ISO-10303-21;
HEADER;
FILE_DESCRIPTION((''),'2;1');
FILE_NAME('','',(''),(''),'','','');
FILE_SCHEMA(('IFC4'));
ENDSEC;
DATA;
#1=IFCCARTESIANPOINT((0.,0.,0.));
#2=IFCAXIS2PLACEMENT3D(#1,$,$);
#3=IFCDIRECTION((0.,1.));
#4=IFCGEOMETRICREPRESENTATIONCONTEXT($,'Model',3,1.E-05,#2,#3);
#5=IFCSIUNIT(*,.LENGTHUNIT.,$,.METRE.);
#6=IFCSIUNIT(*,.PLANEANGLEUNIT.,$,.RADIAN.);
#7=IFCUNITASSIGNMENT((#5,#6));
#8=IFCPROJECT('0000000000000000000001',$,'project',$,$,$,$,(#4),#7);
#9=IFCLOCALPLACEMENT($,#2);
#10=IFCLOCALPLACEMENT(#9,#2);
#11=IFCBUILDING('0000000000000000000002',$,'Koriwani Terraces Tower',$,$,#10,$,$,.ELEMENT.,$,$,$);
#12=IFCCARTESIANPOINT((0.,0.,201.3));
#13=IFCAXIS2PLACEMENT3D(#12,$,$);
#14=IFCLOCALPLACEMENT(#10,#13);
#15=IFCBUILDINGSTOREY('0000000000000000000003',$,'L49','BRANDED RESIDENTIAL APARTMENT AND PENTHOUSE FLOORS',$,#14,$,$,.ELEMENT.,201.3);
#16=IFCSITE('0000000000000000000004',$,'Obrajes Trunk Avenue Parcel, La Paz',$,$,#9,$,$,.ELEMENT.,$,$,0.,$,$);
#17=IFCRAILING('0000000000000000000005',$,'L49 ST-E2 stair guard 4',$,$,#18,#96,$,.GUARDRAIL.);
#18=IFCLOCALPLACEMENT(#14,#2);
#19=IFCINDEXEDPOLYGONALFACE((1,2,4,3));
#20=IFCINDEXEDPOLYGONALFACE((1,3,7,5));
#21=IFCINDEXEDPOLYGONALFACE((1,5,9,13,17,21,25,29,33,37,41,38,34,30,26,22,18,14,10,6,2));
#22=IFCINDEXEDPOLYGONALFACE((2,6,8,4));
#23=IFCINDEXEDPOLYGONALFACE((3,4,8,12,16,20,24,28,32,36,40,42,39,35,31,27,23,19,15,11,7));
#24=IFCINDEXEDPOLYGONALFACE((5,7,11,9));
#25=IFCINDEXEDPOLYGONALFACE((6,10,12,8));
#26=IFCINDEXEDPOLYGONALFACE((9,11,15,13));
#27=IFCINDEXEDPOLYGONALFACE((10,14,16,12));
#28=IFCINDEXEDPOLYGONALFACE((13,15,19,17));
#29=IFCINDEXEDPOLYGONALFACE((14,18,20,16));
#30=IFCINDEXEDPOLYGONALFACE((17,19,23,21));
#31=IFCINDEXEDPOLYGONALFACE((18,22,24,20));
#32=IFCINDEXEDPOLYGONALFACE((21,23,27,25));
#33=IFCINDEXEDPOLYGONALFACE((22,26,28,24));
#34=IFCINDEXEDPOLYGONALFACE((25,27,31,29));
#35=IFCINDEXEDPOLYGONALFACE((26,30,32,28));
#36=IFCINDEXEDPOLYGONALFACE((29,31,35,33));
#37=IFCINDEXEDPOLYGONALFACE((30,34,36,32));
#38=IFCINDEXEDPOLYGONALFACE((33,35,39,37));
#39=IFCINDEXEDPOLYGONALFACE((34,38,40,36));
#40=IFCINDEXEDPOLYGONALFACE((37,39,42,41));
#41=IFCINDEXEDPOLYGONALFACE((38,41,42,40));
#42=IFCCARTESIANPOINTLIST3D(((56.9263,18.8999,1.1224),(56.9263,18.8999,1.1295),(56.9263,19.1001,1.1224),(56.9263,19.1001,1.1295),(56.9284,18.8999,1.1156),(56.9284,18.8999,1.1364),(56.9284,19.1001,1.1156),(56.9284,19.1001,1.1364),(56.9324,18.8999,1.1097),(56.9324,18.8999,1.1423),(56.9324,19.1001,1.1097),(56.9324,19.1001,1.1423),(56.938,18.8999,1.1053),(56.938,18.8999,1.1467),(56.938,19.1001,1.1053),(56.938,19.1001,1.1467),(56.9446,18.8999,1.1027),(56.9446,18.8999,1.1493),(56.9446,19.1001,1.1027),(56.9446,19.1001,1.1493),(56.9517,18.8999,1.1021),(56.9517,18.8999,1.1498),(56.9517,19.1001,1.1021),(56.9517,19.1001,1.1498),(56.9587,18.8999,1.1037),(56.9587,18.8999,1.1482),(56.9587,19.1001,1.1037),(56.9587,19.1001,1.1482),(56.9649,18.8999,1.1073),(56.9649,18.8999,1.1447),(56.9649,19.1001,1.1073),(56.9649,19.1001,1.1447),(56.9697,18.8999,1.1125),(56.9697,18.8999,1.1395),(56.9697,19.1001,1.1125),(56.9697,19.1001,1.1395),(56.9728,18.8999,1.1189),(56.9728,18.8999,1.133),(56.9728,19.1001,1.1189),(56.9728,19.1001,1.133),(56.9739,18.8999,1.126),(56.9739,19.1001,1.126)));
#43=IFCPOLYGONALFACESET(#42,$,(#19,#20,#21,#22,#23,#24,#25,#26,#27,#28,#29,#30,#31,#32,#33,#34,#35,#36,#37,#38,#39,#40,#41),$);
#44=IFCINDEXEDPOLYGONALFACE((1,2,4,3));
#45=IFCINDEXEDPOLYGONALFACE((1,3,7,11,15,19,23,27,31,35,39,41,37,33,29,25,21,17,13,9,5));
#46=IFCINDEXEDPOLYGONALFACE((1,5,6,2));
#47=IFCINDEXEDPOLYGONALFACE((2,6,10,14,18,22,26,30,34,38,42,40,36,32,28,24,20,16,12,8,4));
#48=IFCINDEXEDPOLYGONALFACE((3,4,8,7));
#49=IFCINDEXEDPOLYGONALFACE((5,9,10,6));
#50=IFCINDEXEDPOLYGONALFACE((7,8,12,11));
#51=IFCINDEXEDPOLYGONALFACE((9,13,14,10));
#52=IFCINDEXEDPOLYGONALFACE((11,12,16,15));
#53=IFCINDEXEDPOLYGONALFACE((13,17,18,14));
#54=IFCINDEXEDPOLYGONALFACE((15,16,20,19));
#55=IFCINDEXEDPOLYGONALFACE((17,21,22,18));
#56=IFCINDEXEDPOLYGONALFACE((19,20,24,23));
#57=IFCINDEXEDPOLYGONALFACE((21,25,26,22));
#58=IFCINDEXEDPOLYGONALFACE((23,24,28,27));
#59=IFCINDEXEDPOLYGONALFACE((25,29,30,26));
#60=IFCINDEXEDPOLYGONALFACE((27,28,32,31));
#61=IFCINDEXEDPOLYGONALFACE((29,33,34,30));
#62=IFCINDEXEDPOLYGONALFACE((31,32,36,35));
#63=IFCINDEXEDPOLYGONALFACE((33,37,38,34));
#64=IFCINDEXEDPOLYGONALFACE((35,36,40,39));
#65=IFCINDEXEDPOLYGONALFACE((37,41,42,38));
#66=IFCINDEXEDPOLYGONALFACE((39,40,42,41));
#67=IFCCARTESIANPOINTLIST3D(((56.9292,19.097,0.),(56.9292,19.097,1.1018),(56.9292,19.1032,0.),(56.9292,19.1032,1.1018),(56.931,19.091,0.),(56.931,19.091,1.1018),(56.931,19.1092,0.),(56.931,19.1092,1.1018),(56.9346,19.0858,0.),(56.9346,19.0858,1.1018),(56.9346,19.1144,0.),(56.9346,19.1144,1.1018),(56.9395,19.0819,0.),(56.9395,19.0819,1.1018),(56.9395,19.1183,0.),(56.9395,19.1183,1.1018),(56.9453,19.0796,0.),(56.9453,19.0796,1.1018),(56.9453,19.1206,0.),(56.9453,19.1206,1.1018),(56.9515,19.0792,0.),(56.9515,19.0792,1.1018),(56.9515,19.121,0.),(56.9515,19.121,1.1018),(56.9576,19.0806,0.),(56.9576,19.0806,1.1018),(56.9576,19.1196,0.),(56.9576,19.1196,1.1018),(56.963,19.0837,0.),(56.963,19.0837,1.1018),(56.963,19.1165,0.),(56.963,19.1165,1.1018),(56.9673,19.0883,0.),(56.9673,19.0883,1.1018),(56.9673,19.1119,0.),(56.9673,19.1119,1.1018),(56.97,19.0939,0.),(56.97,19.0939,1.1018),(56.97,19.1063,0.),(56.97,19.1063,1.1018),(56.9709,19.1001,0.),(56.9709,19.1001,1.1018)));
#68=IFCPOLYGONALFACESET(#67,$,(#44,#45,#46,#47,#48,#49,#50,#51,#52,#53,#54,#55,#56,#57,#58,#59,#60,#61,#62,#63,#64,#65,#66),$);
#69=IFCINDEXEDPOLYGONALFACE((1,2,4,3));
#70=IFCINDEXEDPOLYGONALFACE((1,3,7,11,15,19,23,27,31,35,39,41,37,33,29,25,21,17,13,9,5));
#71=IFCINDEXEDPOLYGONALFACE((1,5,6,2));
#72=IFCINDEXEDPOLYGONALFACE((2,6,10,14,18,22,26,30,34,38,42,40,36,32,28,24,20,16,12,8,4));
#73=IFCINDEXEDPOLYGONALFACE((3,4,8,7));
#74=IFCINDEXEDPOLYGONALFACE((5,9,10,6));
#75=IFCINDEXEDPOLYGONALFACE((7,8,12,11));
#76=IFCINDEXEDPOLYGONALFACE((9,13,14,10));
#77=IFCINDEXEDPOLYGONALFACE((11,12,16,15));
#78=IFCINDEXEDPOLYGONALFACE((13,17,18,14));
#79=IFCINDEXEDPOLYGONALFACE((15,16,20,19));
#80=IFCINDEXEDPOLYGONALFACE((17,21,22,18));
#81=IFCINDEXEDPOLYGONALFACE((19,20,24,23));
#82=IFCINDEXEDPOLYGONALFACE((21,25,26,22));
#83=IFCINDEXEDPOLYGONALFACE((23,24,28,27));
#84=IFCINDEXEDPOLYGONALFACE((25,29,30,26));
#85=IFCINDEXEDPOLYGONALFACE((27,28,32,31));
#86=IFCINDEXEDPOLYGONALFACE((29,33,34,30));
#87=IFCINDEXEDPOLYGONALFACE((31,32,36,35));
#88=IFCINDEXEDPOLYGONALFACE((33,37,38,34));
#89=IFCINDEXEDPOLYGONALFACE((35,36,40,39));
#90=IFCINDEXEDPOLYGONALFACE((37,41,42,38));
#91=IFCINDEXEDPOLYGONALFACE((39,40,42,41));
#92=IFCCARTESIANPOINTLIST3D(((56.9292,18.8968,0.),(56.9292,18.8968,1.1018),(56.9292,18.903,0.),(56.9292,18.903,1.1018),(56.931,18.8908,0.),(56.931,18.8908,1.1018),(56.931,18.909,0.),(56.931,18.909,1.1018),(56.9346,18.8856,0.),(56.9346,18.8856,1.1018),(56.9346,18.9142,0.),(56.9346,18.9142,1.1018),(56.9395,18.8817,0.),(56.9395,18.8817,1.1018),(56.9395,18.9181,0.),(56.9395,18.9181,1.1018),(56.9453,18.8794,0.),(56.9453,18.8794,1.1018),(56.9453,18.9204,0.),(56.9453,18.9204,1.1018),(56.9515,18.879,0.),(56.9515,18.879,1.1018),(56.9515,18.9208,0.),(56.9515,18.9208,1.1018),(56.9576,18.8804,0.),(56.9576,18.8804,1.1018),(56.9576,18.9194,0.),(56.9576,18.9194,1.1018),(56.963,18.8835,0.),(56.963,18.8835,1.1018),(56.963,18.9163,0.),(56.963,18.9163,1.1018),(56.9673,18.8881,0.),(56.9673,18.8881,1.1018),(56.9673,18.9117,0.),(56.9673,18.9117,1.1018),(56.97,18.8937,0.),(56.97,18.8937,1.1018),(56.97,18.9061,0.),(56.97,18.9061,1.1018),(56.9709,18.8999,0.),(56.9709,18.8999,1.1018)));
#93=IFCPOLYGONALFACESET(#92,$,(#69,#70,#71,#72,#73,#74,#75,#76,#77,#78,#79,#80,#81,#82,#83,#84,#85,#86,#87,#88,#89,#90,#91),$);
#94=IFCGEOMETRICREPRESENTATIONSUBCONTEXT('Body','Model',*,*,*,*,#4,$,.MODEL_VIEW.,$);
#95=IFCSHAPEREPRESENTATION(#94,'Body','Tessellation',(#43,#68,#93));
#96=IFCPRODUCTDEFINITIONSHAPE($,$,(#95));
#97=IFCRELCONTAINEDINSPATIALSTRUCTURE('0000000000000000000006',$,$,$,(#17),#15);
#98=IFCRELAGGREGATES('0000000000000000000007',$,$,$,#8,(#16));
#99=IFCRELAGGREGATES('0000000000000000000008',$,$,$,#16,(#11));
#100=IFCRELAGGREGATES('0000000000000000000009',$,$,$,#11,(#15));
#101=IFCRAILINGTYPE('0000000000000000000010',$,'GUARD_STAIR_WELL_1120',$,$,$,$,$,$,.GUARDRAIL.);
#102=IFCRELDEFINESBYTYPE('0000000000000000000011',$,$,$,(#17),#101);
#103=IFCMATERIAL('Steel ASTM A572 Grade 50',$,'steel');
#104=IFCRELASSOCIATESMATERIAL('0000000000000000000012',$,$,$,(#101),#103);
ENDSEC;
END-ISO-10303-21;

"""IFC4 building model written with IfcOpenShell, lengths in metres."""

from ifc_helpers import new_model, si_unit, direction, frame, origin, origin_2d, place, context, subcontext, project, spatial, circle, extrude, material, type_object, element, save


model = new_model("IFC4")

# Units and contexts
model_context = context("Model", 3, precision=1e-05, world=origin(), true_north=direction((0.0, 1.0)))
body_context = subcontext(model_context, "Body", "Model", "MODEL_VIEW")
ifc_project = project(units=[si_unit("LENGTHUNIT", "METRE"), si_unit("PLANEANGLEUNIT", "RADIAN")], contexts=[model_context])

# Site, building, storey
site_placement = place(None, origin())
site = spatial("IfcSite", under=ifc_project, at=site_placement, Name="Obrajes Trunk Avenue Parcel, La Paz", CompositionType="ELEMENT", RefElevation=0.0)
building_placement = place(site_placement, origin())
building = spatial("IfcBuilding", under=site, at=building_placement, Name="Koriwani Terraces Tower", CompositionType="ELEMENT")
storey_placement = place(building_placement, frame((0.0, 0.0, 201.3)))
storey = spatial("IfcBuildingStorey", under=building, at=storey_placement, Name="L49", Description="BRANDED RESIDENTIAL APARTMENT AND PENTHOUSE FLOORS", CompositionType="ELEMENT", Elevation=201.3)

# Shared definitions
ifc_material_1 = material(Name="Steel ASTM A572 Grade 50", Category="steel")

# Railing
railing_type_1 = type_object("IfcRailingType", Name="GUARD_STAIR_WELL_1120", PredefinedType="GUARDRAIL", material=ifc_material_1)
railing_1_placement = place(storey_placement, frame((56.95, 19.1001, 0.0)))
element("IfcRailing", 1, at=railing_1_placement, inside=storey, type_object=railing_type_1, Name="L49 ST-E2 stair guard 4", PredefinedType="GUARDRAIL", context=body_context, shape_type="SweptSolid", body=[
    extrude(circle(Radius=0.0239, at=origin_2d()), frame((0.0, 0.0, 1.126), z_axis=(0.0, -1.0, 0.0), x_axis=(1.0, 0.0, 0.0)), (0.0, 0.0, 1.0), 0.2002),
    extrude(circle(Radius=0.021, at=origin_2d()), origin(), (0.0, 0.0, 1.0), 1.1018),
    extrude(circle(Radius=0.021, at=origin_2d()), frame((0.0, -0.2002, 0.0)), (0.0, 0.0, 1.0), 1.1018),
])

save(model, "model.ifc")
